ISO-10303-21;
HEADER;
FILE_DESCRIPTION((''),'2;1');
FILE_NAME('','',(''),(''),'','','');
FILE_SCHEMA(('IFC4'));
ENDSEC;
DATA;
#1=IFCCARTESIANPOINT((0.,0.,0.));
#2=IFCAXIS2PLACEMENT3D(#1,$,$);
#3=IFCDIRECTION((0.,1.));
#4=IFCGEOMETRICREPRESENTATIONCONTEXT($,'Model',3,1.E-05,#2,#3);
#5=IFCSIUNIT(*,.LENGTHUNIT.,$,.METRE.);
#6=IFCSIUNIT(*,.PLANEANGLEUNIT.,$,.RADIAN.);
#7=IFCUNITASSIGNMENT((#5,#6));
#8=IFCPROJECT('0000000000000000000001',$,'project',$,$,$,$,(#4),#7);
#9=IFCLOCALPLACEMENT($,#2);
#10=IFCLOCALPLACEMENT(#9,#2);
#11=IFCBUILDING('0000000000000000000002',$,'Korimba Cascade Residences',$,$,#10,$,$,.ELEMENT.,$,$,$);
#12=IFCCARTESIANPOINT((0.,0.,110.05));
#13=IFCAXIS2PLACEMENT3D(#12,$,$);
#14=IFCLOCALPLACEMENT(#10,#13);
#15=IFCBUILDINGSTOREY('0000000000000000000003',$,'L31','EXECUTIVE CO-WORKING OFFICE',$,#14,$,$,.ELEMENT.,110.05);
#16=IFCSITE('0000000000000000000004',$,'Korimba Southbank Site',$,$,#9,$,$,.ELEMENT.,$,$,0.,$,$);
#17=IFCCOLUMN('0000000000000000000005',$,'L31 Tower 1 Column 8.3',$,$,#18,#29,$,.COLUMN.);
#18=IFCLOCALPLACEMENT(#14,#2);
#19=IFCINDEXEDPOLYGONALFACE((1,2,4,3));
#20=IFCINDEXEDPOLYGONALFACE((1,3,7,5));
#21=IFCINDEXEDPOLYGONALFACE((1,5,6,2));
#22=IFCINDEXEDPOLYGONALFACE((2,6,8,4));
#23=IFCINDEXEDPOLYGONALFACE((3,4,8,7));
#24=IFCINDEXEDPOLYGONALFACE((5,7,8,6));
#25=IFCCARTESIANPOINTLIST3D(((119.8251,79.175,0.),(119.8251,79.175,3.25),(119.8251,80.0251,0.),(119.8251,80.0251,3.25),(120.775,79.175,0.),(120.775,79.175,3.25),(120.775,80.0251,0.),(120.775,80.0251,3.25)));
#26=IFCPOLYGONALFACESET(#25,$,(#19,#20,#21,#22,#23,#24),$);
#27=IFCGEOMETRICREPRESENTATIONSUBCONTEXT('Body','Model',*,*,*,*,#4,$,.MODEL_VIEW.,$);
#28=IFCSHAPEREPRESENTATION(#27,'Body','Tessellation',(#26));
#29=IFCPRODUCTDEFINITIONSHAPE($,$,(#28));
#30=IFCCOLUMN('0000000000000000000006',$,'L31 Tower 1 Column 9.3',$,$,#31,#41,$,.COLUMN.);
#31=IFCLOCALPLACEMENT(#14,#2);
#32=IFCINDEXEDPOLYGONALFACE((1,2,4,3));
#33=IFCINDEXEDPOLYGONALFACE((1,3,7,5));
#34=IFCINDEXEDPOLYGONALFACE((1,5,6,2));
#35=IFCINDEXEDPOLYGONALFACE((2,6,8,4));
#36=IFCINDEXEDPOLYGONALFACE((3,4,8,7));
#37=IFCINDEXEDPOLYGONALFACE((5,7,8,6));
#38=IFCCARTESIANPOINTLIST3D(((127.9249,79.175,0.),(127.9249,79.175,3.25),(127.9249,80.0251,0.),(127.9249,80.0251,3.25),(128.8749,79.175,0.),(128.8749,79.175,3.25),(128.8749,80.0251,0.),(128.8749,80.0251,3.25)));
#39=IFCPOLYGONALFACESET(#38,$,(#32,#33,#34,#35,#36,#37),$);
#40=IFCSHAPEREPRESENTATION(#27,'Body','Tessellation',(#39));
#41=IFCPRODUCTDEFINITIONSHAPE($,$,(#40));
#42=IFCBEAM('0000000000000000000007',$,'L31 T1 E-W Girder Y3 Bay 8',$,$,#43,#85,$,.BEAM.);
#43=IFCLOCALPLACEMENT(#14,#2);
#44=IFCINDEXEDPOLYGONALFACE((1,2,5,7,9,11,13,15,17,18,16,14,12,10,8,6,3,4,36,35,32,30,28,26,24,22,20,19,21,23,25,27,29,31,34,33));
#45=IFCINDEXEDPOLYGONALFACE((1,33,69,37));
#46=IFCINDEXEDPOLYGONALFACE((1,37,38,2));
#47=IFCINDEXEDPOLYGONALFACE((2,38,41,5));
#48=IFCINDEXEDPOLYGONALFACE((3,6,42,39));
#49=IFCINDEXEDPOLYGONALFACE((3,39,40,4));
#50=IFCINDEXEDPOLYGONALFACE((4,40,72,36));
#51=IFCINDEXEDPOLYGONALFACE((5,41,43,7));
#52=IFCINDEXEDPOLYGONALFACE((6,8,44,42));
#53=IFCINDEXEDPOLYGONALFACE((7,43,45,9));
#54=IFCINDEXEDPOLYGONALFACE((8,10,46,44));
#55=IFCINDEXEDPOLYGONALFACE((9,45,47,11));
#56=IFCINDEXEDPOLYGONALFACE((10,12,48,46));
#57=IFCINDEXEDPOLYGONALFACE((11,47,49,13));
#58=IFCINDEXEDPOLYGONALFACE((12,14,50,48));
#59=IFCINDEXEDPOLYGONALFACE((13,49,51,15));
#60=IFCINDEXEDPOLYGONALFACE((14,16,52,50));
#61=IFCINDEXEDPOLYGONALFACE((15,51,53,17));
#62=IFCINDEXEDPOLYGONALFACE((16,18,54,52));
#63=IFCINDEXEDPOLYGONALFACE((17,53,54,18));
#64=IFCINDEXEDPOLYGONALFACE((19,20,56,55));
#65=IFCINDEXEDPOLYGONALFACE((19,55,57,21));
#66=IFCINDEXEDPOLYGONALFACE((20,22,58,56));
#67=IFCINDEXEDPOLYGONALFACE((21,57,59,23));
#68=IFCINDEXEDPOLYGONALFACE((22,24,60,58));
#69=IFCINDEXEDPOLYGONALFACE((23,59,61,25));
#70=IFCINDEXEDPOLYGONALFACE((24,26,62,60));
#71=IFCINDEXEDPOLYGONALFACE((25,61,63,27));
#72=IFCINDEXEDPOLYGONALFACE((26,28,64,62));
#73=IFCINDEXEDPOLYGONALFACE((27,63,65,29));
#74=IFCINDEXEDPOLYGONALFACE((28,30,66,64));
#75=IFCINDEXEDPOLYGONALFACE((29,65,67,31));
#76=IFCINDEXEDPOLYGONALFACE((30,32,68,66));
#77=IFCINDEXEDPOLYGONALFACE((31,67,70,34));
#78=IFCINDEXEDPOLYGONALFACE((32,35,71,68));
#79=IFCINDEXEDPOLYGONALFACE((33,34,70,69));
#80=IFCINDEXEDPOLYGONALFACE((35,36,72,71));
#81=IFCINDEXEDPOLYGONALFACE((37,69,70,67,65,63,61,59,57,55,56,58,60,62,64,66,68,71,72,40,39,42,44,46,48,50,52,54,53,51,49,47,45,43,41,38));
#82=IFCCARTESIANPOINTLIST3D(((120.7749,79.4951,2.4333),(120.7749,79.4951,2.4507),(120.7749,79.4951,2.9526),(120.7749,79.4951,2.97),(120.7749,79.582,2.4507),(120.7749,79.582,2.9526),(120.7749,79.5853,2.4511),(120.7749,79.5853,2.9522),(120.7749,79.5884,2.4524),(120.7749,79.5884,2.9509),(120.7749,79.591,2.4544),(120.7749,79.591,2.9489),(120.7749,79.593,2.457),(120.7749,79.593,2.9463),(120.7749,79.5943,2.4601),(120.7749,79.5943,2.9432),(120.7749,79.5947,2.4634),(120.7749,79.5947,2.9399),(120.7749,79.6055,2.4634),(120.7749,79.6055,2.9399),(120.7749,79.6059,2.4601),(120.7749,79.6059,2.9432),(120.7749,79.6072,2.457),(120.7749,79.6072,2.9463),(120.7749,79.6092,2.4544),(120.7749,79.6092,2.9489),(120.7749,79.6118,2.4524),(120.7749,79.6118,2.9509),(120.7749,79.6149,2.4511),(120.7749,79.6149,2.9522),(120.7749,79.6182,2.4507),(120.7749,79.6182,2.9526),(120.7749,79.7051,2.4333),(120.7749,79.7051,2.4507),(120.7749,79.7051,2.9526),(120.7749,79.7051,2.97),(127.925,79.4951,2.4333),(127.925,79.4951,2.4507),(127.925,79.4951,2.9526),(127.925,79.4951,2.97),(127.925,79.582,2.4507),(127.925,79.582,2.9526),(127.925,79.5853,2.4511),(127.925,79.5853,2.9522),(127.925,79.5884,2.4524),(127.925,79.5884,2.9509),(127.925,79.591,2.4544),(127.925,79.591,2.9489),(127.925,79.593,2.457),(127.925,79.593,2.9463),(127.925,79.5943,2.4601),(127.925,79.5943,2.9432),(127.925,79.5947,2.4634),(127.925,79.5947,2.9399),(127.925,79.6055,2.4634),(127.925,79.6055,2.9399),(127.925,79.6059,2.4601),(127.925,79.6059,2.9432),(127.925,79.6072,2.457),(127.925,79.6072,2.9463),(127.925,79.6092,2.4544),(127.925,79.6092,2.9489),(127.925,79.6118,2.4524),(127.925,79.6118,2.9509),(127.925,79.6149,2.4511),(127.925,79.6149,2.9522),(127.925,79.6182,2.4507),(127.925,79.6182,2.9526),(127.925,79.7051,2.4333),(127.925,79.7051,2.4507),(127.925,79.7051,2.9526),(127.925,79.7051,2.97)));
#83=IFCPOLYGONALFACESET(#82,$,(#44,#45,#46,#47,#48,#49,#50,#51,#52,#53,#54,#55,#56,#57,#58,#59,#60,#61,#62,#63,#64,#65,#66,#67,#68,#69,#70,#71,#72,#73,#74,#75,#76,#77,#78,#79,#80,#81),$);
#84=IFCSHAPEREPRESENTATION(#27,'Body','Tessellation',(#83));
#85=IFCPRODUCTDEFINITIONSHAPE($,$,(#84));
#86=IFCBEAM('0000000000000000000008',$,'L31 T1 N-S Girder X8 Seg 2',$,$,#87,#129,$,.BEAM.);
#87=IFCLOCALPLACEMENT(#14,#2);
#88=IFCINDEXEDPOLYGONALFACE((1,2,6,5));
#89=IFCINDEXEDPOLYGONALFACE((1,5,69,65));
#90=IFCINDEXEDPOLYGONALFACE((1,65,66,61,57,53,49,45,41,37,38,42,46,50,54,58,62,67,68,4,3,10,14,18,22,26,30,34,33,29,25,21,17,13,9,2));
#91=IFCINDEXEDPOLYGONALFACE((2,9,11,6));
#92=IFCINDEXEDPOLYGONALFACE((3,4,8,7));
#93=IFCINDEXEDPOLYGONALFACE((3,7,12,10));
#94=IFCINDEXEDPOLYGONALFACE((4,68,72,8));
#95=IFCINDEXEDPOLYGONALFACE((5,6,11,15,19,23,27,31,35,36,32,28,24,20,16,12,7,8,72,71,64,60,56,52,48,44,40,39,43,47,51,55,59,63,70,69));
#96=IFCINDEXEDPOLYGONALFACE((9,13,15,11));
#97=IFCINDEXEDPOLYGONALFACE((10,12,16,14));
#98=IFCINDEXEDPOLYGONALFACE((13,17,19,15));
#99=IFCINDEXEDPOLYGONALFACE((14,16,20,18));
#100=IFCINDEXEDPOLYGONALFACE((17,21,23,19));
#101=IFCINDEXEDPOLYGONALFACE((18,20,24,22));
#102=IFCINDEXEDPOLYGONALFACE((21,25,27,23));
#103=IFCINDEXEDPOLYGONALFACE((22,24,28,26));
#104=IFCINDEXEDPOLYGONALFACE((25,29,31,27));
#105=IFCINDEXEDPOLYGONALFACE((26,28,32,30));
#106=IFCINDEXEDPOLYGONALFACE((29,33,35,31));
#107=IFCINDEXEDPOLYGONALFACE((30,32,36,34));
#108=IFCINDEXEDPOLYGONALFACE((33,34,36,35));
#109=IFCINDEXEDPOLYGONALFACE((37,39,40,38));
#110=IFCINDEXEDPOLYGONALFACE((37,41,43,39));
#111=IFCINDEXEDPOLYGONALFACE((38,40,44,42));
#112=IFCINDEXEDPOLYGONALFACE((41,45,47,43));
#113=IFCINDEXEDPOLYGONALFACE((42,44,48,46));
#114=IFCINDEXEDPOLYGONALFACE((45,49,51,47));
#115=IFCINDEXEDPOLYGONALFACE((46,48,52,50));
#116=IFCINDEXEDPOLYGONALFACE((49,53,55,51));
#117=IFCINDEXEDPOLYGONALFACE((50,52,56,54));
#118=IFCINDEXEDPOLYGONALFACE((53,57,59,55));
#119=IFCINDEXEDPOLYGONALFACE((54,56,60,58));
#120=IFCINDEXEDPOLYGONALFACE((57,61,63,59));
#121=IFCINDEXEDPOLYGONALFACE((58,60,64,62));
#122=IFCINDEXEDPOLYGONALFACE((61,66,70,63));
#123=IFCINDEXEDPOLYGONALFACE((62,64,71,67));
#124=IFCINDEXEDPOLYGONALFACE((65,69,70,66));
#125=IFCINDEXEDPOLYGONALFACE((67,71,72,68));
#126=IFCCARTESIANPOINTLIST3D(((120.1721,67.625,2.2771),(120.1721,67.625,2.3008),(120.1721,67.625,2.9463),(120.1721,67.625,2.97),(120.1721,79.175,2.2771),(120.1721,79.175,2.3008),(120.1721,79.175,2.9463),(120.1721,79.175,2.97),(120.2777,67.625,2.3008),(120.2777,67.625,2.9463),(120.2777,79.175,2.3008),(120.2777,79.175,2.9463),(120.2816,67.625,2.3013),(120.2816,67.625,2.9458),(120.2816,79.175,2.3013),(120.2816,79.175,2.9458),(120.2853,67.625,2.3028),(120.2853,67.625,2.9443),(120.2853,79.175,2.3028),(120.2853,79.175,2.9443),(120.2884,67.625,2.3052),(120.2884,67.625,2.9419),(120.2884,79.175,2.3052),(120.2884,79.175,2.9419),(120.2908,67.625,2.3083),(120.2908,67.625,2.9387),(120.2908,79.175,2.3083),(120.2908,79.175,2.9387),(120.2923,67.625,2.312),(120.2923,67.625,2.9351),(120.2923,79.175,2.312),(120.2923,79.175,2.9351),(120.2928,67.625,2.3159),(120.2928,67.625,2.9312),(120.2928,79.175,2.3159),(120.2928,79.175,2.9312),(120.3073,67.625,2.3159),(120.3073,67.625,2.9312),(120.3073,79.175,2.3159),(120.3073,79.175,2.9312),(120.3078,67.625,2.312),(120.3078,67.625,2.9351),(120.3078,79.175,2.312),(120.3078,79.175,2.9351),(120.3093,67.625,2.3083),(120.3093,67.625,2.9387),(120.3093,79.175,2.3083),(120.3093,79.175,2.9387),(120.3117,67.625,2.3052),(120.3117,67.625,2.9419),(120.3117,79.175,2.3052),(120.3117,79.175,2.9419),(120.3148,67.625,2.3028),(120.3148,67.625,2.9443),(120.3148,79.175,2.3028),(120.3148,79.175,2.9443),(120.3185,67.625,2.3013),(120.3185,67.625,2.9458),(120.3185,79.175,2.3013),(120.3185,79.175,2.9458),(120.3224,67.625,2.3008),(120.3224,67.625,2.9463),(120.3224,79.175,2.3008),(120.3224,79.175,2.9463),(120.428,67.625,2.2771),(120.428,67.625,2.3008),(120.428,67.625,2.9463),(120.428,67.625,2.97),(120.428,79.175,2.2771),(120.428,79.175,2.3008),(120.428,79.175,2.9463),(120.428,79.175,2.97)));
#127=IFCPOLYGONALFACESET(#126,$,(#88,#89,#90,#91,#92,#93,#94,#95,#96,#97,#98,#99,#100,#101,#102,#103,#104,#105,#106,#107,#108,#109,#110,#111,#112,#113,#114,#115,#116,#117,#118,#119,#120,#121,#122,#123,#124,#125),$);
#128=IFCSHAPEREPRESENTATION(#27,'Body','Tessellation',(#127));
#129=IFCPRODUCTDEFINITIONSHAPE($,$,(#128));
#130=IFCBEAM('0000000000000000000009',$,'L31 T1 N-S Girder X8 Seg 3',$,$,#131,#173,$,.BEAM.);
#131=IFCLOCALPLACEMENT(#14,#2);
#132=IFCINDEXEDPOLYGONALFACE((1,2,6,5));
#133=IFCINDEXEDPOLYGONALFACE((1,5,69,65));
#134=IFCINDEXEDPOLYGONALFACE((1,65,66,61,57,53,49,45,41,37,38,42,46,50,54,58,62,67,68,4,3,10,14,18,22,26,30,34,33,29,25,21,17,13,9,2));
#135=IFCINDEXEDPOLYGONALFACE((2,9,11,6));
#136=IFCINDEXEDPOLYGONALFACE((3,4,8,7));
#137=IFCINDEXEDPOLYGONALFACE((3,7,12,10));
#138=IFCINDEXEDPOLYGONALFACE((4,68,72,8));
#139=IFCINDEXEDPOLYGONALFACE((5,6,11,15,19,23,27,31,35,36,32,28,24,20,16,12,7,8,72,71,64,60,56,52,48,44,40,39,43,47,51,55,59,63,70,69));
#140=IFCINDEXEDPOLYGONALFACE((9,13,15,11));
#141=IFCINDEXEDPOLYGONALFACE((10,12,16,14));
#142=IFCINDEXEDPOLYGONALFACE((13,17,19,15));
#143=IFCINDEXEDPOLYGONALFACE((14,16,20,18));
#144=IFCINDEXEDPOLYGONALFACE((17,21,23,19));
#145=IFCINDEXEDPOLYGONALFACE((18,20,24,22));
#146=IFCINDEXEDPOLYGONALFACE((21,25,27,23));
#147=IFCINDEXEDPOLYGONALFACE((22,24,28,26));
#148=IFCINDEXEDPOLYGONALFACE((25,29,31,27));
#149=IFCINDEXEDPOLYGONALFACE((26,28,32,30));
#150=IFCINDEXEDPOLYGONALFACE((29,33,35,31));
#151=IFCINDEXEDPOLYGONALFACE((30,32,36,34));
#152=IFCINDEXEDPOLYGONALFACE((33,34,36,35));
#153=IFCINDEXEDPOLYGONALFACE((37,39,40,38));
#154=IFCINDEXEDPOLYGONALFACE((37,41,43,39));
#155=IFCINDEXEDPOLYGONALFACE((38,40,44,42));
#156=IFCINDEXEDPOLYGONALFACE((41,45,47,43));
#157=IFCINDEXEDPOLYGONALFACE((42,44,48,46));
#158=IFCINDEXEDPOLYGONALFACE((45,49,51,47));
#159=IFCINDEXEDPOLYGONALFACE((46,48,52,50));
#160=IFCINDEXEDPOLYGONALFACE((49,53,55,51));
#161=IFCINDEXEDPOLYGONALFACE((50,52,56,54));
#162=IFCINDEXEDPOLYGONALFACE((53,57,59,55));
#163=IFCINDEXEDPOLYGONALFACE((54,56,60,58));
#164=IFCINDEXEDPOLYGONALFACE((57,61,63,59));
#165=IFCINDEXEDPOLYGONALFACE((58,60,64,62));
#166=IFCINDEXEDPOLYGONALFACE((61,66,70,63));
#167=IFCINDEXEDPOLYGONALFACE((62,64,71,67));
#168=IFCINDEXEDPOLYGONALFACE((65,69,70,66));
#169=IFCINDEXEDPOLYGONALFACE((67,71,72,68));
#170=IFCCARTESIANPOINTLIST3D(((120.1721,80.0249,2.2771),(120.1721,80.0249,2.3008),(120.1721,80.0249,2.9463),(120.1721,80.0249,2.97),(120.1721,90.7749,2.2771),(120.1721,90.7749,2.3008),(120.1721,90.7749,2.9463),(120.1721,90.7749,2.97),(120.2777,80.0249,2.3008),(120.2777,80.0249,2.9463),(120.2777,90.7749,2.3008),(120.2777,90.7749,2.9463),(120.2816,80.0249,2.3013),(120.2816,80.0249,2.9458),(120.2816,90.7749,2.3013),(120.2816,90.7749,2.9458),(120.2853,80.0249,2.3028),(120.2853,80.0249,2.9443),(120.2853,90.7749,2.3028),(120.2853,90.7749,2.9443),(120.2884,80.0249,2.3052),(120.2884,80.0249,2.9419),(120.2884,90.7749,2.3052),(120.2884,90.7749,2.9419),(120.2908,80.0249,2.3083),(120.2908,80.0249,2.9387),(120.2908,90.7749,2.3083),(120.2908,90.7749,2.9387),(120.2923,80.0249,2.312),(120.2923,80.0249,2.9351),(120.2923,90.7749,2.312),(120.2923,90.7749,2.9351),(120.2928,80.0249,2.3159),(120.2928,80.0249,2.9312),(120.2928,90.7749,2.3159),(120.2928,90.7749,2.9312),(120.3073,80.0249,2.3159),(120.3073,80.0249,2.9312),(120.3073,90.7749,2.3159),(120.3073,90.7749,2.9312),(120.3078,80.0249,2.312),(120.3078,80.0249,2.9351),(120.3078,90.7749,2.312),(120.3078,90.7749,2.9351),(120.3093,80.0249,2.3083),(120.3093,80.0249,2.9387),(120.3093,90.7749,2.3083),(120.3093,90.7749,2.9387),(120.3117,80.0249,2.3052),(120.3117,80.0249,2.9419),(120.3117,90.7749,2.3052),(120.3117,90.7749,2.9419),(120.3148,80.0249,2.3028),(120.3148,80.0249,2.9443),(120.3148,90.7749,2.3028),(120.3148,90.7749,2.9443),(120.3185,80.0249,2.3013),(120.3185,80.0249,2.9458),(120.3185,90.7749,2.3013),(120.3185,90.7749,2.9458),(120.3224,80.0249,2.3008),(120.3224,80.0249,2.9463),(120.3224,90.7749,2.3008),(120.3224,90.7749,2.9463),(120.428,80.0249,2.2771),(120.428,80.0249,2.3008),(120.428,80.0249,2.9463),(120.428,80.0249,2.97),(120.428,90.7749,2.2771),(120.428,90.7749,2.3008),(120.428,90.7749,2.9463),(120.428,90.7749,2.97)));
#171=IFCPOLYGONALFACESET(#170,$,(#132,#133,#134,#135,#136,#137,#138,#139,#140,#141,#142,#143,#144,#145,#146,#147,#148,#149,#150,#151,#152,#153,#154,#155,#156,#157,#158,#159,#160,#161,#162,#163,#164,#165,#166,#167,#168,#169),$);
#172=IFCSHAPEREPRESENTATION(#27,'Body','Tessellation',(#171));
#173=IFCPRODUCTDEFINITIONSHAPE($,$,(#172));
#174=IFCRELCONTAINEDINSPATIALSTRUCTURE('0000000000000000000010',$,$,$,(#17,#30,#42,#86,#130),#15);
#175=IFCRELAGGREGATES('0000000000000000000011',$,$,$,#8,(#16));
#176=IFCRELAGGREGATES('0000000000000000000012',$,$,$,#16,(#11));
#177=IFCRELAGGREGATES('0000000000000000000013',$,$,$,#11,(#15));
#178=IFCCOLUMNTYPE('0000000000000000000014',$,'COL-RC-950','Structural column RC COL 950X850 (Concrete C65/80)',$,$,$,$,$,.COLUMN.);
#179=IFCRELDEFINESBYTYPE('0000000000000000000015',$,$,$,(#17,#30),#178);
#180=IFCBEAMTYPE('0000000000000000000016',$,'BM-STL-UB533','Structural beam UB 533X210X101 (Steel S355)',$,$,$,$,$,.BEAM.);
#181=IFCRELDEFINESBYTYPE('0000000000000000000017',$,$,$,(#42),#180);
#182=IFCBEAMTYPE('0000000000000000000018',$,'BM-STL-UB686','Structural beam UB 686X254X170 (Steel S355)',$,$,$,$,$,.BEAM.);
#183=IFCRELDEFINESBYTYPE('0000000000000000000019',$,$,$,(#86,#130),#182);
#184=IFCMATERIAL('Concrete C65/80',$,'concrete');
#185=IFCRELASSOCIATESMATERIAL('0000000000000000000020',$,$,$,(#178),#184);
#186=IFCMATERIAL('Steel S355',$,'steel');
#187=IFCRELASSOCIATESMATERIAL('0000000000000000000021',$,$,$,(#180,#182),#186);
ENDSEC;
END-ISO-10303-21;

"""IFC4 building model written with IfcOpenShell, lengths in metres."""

from ifc_helpers import new_model, si_unit, direction, frame, origin, origin_2d, place, context, subcontext, project, spatial, rectangle, i_section, extrude, material, material_profile, profile_set, type_object, element, save


model = new_model("IFC4")

# Units and contexts
model_context = context("Model", 3, precision=1e-05, world=origin(), true_north=direction((0.0, 1.0)))
body_context = subcontext(model_context, "Body", "Model", "MODEL_VIEW")
ifc_project = project(units=[si_unit("LENGTHUNIT", "METRE"), si_unit("PLANEANGLEUNIT", "RADIAN")], contexts=[model_context])

# Site, building, storey
site_placement = place(None, origin())
site = spatial("IfcSite", under=ifc_project, at=site_placement, Name="Korimba Southbank Site", CompositionType="ELEMENT", RefElevation=0.0)
building_placement = place(site_placement, origin())
building = spatial("IfcBuilding", under=site, at=building_placement, Name="Korimba Cascade Residences", CompositionType="ELEMENT")
storey_placement = place(building_placement, frame((0.0, 0.0, 110.05)))
storey = spatial("IfcBuildingStorey", under=building, at=storey_placement, Name="L31", Description="EXECUTIVE CO-WORKING OFFICE", CompositionType="ELEMENT", Elevation=110.05)

# Columns
ifc_material_1 = material(Name="Concrete C65/80", Category="concrete")
ifc_material_profile_1 = material_profile(ifc_material_1, rectangle(XDim=0.95, YDim=0.8501, at=origin_2d()), Name="Concrete C65/80")
ifc_profile_set_1 = profile_set([ifc_material_profile_1], Name="Concrete C65/80")
column_type = type_object("IfcColumnType", Name="COL-RC-950", Description="Structural column RC COL 950X850 (Concrete C65/80)", PredefinedType="COLUMN", material=ifc_profile_set_1)
for number, where, z_axis, x_axis, name in (
    (1, (120.3, 79.6001, 0.0), (0.0, 0.0, 1.0), (1.0, 0.0, 0.0), "L31 Tower 1 Column 8.3"),
    (2, (128.3999, 79.6001, 0.0), (0.0, 0.0, 1.0), (1.0, 0.0, 0.0), "L31 Tower 1 Column 9.3"),
):
    element("IfcColumn", number, at=place(storey_placement, frame(where, z_axis=z_axis, x_axis=x_axis)), inside=storey, type_object=column_type, Name=name, PredefinedType="COLUMN", context=body_context, shape_type="SweptSolid", body=[
        extrude(rectangle(XDim=0.95, YDim=0.8501, at=origin_2d()), origin(), (0.0, 0.0, 1.0), 3.25),
    ])

# Beams
ifc_material_2 = material(Name="Steel S355", Category="steel")
ifc_material_profile_2 = material_profile(ifc_material_2, i_section(OverallWidth=0.21, OverallDepth=0.5366, WebThickness=0.0107, FlangeThickness=0.0173, FilletRadius=0.0127, at=origin_2d()), Name="Steel S355")
ifc_profile_set_2 = profile_set([ifc_material_profile_2], Name="Steel S355")
beam_type_1 = type_object("IfcBeamType", Name="BM-STL-UB533", Description="Structural beam UB 533X210X101 (Steel S355)", PredefinedType="BEAM", material=ifc_profile_set_2)
beam_1_placement = place(storey_placement, frame((120.7749, 79.6001, 2.7017), z_axis=(1.0, 0.0, 0.0), x_axis=(0.0, 1.0, 0.0)))
element("IfcBeam", 3, at=beam_1_placement, inside=storey, type_object=beam_type_1, Name="L31 T1 E-W Girder Y3 Bay 8", PredefinedType="BEAM", context=body_context, shape_type="SweptSolid", body=[
    extrude(i_section(OverallWidth=0.21, OverallDepth=0.5366, WebThickness=0.0107, FlangeThickness=0.0173, FilletRadius=0.0127, at=origin_2d()), origin(), (0.0, 0.0, 1.0), 7.1501),
])
ifc_material_profile_3 = material_profile(ifc_material_2, i_section(OverallWidth=0.2559, OverallDepth=0.6929, WebThickness=0.0144, FlangeThickness=0.0237, FilletRadius=0.0151, at=origin_2d()), Name="Steel S355")
ifc_profile_set_3 = profile_set([ifc_material_profile_3], Name="Steel S355")
beam_type_2 = type_object("IfcBeamType", Name="BM-STL-UB686", Description="Structural beam UB 686X254X170 (Steel S355)", PredefinedType="BEAM", material=ifc_profile_set_3)
beam_2_placement = place(storey_placement, frame((120.3, 67.625, 2.6235), z_axis=(0.0, 1.0, 0.0), x_axis=(-1.0, 0.0, 0.0)))
element("IfcBeam", 4, at=beam_2_placement, inside=storey, type_object=beam_type_2, Name="L31 T1 N-S Girder X8 Seg 2", PredefinedType="BEAM", context=body_context, shape_type="SweptSolid", body=[
    extrude(i_section(OverallWidth=0.2559, OverallDepth=0.6929, WebThickness=0.0144, FlangeThickness=0.0237, FilletRadius=0.0151, at=origin_2d()), origin(), (0.0, 0.0, 1.0), 11.55),
])
beam_3_placement = place(storey_placement, frame((120.3, 80.0249, 2.6235), z_axis=(0.0, 1.0, 0.0), x_axis=(-1.0, 0.0, 0.0)))
element("IfcBeam", 5, at=beam_3_placement, inside=storey, type_object=beam_type_2, Name="L31 T1 N-S Girder X8 Seg 3", PredefinedType="BEAM", context=body_context, shape_type="SweptSolid", body=[
    extrude(i_section(OverallWidth=0.2559, OverallDepth=0.6929, WebThickness=0.0144, FlangeThickness=0.0237, FilletRadius=0.0151, at=origin_2d()), origin(), (0.0, 0.0, 1.0), 10.75),
])

save(model, "model.ifc")
